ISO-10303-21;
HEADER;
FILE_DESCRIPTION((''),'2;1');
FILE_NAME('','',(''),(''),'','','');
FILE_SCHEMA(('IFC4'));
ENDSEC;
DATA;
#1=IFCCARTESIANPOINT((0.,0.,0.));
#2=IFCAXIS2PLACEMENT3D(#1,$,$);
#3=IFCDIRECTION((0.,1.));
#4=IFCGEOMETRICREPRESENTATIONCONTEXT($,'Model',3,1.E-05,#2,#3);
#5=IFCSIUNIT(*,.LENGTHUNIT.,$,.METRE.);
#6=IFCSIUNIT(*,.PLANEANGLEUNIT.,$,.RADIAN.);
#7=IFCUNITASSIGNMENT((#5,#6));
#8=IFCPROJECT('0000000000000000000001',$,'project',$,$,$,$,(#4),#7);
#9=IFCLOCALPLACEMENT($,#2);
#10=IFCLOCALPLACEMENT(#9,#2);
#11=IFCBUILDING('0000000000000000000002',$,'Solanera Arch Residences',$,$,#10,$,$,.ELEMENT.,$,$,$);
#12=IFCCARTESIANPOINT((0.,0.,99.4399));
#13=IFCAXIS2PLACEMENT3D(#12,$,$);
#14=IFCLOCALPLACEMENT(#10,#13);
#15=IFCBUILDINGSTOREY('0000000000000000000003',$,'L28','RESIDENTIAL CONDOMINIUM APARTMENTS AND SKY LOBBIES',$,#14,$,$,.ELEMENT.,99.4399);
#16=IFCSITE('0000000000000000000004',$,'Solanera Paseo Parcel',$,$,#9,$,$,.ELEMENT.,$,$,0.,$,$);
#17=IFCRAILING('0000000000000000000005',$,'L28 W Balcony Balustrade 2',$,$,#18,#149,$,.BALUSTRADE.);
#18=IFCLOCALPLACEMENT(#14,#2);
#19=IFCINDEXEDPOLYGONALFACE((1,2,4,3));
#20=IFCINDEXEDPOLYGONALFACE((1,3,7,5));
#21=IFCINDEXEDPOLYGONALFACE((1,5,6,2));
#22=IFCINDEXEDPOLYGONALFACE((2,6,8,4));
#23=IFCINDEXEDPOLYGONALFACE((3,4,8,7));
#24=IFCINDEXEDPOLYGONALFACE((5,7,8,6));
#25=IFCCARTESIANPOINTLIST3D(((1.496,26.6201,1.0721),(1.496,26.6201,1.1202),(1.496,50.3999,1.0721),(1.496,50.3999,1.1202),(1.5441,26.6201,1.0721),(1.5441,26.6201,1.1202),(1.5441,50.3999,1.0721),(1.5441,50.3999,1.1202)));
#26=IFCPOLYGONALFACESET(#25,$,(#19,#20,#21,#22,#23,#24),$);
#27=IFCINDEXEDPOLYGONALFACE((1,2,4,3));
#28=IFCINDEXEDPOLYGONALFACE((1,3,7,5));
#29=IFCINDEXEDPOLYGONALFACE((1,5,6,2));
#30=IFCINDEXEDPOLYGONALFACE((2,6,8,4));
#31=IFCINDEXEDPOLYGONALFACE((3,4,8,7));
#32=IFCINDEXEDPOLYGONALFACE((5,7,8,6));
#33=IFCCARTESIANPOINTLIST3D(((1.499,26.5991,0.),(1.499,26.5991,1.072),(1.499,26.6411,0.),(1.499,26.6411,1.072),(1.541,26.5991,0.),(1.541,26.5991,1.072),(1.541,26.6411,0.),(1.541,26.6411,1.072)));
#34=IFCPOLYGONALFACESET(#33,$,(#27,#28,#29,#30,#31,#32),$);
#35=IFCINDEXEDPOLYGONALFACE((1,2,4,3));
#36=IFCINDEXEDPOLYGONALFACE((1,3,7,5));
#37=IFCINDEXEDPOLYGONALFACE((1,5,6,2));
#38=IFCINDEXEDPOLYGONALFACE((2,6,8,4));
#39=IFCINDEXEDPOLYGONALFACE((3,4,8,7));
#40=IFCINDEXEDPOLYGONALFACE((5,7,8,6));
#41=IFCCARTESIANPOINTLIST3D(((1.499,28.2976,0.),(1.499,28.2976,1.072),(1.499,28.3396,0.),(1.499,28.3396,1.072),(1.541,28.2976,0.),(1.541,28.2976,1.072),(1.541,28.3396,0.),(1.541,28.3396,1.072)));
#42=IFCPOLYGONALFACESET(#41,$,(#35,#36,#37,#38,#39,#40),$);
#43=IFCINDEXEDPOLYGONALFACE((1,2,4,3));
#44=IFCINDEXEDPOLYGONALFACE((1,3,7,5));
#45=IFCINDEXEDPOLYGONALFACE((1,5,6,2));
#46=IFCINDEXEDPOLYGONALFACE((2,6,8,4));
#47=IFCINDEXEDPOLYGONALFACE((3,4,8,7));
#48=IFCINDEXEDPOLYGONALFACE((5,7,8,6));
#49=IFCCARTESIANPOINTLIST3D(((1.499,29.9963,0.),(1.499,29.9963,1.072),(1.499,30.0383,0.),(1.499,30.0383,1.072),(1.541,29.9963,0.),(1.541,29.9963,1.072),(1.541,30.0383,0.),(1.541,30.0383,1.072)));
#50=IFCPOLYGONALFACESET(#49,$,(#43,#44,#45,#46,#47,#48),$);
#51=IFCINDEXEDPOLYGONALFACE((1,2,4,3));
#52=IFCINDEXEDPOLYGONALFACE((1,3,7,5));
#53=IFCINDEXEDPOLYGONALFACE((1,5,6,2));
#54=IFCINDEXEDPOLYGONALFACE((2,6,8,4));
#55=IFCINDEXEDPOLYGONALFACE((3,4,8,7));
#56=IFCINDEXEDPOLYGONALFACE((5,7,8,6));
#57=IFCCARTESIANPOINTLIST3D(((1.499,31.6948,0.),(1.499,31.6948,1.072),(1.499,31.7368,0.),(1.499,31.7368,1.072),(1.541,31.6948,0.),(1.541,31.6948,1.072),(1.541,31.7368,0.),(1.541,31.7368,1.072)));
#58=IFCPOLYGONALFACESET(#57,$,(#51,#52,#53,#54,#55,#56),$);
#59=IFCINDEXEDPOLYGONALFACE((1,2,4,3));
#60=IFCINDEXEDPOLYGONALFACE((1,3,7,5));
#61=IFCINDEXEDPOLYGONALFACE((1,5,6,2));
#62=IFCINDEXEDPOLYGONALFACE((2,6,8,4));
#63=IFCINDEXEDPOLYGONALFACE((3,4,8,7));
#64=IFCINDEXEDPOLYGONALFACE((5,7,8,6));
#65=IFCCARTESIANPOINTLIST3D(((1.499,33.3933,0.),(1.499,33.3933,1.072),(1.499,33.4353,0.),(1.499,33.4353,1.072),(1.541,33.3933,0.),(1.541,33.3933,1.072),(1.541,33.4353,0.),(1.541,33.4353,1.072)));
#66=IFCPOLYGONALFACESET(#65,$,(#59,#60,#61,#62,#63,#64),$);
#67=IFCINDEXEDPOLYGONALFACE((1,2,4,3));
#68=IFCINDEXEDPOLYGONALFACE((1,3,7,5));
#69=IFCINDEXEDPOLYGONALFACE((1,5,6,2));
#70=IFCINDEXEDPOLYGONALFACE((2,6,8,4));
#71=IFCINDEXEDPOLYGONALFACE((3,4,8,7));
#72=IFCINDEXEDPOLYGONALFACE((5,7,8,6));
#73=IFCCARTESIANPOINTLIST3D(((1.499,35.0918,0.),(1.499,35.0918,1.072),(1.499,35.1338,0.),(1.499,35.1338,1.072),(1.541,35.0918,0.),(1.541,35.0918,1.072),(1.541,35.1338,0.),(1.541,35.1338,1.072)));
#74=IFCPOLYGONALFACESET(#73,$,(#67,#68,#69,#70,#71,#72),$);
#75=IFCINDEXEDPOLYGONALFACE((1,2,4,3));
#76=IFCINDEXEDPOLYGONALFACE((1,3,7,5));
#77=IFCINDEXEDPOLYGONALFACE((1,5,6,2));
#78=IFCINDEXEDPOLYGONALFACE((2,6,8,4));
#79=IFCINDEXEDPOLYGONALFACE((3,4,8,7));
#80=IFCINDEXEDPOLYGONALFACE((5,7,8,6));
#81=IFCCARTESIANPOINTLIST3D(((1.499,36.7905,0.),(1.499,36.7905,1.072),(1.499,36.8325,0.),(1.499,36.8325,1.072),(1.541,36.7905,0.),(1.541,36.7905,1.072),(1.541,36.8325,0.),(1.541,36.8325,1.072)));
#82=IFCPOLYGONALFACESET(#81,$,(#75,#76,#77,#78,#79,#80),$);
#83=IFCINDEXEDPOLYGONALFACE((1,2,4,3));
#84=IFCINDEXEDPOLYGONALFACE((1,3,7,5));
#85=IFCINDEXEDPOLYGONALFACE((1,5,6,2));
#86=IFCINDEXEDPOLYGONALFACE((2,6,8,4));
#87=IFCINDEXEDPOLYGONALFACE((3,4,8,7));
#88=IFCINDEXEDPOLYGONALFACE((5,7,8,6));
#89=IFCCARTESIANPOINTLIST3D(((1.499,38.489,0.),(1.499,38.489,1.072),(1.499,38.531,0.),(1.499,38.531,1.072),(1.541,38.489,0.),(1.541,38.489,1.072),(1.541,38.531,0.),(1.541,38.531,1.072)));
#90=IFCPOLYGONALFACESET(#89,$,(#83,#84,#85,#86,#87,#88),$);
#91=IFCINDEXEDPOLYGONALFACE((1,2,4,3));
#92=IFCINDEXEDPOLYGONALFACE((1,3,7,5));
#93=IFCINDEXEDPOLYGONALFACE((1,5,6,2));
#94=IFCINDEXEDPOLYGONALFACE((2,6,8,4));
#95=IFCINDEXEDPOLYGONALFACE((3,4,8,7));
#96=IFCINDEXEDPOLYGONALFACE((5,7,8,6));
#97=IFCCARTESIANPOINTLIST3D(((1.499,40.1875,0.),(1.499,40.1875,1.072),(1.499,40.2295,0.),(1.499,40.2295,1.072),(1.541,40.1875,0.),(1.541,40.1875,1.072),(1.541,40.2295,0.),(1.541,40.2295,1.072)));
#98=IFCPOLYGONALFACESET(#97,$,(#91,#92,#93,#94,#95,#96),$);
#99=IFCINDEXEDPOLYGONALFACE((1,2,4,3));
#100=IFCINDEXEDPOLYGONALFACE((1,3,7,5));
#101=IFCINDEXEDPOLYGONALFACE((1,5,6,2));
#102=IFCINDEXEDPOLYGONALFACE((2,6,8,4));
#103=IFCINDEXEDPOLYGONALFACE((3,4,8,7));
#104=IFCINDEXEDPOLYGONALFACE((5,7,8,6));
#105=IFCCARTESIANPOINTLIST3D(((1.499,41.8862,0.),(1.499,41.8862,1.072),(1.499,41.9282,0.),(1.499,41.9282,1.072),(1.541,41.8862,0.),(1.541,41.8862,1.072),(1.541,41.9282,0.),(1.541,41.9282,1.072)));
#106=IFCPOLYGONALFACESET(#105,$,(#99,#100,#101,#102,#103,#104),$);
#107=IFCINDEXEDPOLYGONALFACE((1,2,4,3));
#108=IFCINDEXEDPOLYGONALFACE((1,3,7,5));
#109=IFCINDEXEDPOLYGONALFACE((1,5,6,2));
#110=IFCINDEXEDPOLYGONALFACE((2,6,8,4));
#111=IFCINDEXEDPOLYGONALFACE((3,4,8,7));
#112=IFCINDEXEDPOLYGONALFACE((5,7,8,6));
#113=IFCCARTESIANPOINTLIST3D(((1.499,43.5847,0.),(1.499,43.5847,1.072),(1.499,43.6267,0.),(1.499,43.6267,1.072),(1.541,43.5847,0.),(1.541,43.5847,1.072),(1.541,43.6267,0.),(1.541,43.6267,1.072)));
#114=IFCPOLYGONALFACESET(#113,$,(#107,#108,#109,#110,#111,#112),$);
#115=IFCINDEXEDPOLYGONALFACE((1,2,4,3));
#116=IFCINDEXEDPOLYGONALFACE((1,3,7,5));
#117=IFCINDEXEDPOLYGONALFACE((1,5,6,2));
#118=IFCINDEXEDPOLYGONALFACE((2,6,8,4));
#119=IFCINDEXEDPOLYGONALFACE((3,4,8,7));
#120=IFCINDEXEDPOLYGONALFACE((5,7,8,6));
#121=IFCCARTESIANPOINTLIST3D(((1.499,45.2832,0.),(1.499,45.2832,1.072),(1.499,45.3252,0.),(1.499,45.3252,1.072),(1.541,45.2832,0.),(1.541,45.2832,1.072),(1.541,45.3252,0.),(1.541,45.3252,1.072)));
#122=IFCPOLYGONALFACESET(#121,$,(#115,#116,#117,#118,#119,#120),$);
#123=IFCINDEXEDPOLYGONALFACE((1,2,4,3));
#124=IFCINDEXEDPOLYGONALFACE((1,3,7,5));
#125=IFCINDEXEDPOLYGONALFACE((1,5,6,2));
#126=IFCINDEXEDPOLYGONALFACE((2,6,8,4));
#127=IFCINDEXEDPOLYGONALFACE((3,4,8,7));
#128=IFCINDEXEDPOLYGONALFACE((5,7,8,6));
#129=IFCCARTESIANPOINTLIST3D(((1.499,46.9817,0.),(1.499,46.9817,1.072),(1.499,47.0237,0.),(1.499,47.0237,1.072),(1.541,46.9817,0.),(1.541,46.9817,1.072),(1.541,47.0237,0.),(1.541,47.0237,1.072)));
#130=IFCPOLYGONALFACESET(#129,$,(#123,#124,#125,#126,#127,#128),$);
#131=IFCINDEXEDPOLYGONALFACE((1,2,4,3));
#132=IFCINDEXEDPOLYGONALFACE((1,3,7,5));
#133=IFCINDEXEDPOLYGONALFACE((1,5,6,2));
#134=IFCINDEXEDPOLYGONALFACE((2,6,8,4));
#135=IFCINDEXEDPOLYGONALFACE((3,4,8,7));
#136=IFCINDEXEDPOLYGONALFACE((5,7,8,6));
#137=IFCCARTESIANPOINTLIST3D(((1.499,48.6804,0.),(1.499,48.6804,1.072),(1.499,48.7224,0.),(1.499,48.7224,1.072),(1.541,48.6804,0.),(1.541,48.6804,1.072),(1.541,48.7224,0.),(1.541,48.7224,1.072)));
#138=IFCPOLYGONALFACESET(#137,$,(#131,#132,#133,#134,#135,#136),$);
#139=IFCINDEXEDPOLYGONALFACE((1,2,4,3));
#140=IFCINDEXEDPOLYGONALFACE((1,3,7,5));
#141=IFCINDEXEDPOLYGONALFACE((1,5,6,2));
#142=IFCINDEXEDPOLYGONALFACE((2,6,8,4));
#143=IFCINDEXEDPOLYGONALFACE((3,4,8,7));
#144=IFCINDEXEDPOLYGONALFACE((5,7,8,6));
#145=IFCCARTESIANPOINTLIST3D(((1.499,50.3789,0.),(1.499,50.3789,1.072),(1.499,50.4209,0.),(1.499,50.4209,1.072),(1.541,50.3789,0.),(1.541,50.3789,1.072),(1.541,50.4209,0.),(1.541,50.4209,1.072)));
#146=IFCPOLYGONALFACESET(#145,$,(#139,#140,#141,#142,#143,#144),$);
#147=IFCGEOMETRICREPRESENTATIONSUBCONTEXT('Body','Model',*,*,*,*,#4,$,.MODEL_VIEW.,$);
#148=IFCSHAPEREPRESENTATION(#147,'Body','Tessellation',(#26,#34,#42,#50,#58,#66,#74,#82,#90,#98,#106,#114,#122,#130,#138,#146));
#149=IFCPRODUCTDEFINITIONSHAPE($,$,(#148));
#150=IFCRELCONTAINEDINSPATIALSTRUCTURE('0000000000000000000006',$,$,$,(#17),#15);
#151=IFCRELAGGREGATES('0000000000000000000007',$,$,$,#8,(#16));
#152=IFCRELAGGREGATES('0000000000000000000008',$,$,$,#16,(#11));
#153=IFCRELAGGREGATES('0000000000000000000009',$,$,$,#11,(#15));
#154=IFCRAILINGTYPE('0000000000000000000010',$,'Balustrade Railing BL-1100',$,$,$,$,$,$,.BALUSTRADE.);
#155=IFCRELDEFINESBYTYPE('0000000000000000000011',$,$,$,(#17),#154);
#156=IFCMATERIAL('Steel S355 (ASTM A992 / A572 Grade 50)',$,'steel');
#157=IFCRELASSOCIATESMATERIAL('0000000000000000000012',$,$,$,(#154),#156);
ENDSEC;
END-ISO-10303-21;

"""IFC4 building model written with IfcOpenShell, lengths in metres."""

from ifc_helpers import new_model, si_unit, direction, frame, origin, origin_2d, place, context, subcontext, project, spatial, rectangle, extrude, material, type_object, element, save


model = new_model("IFC4")

# Units and contexts
model_context = context("Model", 3, precision=1e-05, world=origin(), true_north=direction((0.0, 1.0)))
body_context = subcontext(model_context, "Body", "Model", "MODEL_VIEW")
ifc_project = project(units=[si_unit("LENGTHUNIT", "METRE"), si_unit("PLANEANGLEUNIT", "RADIAN")], contexts=[model_context])

# Site, building, storey
site_placement = place(None, origin())
site = spatial("IfcSite", under=ifc_project, at=site_placement, Name="Solanera Paseo Parcel", CompositionType="ELEMENT", RefElevation=0.0)
building_placement = place(site_placement, origin())
building = spatial("IfcBuilding", under=site, at=building_placement, Name="Solanera Arch Residences", CompositionType="ELEMENT")
storey_placement = place(building_placement, frame((0.0, 0.0, 99.4399)))
storey = spatial("IfcBuildingStorey", under=building, at=storey_placement, Name="L28", Description="RESIDENTIAL CONDOMINIUM APARTMENTS AND SKY LOBBIES", CompositionType="ELEMENT", Elevation=99.4399)

# Railing
ifc_material_1 = material(Name="Steel S355 (ASTM A992 / A572 Grade 50)", Category="steel")
railing_type = type_object("IfcRailingType", Name="Balustrade Railing BL-1100", PredefinedType="BALUSTRADE", material=ifc_material_1)
railing_placement = place(storey_placement, frame((1.52, 26.6201, 0.0)))
element("IfcRailing", 1, at=railing_placement, inside=storey, type_object=railing_type, Name="L28 W Balcony Balustrade 2", PredefinedType="BALUSTRADE", context=body_context, shape_type="SweptSolid", body=[
    extrude(rectangle(XDim=0.0481, YDim=0.0481, at=origin_2d()), frame((0.0, 0.0, 1.0962), z_axis=(0.0, 1.0, 0.0), x_axis=(-1.0, 0.0, 0.0)), (0.0, 0.0, 1.0), 23.7798),
    extrude(rectangle(XDim=0.042, YDim=0.042, at=origin_2d()), origin(), (0.0, 0.0, 1.0), 1.072),
    extrude(rectangle(XDim=0.042, YDim=0.042, at=origin_2d()), frame((0.0, 1.6985, 0.0)), (0.0, 0.0, 1.0), 1.072),
    extrude(rectangle(XDim=0.042, YDim=0.042, at=origin_2d()), frame((0.0, 3.3972, 0.0)), (0.0, 0.0, 1.0), 1.072),
    extrude(rectangle(XDim=0.042, YDim=0.042, at=origin_2d()), frame((0.0, 5.0957, 0.0)), (0.0, 0.0, 1.0), 1.072),
    extrude(rectangle(XDim=0.042, YDim=0.042, at=origin_2d()), frame((0.0, 6.7942, 0.0)), (0.0, 0.0, 1.0), 1.072),
    extrude(rectangle(XDim=0.042, YDim=0.042, at=origin_2d()), frame((0.0, 8.4927, 0.0)), (0.0, 0.0, 1.0), 1.072),
    extrude(rectangle(XDim=0.042, YDim=0.042, at=origin_2d()), frame((0.0, 10.1914, 0.0)), (0.0, 0.0, 1.0), 1.072),
    extrude(rectangle(XDim=0.042, YDim=0.042, at=origin_2d()), frame((0.0, 11.8899, 0.0)), (0.0, 0.0, 1.0), 1.072),
    extrude(rectangle(XDim=0.042, YDim=0.042, at=origin_2d()), frame((0.0, 13.5884, 0.0)), (0.0, 0.0, 1.0), 1.072),
    extrude(rectangle(XDim=0.042, YDim=0.042, at=origin_2d()), frame((0.0, 15.2871, 0.0)), (0.0, 0.0, 1.0), 1.072),
    extrude(rectangle(XDim=0.042, YDim=0.042, at=origin_2d()), frame((0.0, 16.9856, 0.0)), (0.0, 0.0, 1.0), 1.072),
    extrude(rectangle(XDim=0.042, YDim=0.042, at=origin_2d()), frame((0.0, 18.6841, 0.0)), (0.0, 0.0, 1.0), 1.072),
    extrude(rectangle(XDim=0.042, YDim=0.042, at=origin_2d()), frame((0.0, 20.3826, 0.0)), (0.0, 0.0, 1.0), 1.072),
    extrude(rectangle(XDim=0.042, YDim=0.042, at=origin_2d()), frame((0.0, 22.0813, 0.0)), (0.0, 0.0, 1.0), 1.072),
    extrude(rectangle(XDim=0.042, YDim=0.042, at=origin_2d()), frame((0.0, 23.7798, 0.0)), (0.0, 0.0, 1.0), 1.072),
])

save(model, "model.ifc")
